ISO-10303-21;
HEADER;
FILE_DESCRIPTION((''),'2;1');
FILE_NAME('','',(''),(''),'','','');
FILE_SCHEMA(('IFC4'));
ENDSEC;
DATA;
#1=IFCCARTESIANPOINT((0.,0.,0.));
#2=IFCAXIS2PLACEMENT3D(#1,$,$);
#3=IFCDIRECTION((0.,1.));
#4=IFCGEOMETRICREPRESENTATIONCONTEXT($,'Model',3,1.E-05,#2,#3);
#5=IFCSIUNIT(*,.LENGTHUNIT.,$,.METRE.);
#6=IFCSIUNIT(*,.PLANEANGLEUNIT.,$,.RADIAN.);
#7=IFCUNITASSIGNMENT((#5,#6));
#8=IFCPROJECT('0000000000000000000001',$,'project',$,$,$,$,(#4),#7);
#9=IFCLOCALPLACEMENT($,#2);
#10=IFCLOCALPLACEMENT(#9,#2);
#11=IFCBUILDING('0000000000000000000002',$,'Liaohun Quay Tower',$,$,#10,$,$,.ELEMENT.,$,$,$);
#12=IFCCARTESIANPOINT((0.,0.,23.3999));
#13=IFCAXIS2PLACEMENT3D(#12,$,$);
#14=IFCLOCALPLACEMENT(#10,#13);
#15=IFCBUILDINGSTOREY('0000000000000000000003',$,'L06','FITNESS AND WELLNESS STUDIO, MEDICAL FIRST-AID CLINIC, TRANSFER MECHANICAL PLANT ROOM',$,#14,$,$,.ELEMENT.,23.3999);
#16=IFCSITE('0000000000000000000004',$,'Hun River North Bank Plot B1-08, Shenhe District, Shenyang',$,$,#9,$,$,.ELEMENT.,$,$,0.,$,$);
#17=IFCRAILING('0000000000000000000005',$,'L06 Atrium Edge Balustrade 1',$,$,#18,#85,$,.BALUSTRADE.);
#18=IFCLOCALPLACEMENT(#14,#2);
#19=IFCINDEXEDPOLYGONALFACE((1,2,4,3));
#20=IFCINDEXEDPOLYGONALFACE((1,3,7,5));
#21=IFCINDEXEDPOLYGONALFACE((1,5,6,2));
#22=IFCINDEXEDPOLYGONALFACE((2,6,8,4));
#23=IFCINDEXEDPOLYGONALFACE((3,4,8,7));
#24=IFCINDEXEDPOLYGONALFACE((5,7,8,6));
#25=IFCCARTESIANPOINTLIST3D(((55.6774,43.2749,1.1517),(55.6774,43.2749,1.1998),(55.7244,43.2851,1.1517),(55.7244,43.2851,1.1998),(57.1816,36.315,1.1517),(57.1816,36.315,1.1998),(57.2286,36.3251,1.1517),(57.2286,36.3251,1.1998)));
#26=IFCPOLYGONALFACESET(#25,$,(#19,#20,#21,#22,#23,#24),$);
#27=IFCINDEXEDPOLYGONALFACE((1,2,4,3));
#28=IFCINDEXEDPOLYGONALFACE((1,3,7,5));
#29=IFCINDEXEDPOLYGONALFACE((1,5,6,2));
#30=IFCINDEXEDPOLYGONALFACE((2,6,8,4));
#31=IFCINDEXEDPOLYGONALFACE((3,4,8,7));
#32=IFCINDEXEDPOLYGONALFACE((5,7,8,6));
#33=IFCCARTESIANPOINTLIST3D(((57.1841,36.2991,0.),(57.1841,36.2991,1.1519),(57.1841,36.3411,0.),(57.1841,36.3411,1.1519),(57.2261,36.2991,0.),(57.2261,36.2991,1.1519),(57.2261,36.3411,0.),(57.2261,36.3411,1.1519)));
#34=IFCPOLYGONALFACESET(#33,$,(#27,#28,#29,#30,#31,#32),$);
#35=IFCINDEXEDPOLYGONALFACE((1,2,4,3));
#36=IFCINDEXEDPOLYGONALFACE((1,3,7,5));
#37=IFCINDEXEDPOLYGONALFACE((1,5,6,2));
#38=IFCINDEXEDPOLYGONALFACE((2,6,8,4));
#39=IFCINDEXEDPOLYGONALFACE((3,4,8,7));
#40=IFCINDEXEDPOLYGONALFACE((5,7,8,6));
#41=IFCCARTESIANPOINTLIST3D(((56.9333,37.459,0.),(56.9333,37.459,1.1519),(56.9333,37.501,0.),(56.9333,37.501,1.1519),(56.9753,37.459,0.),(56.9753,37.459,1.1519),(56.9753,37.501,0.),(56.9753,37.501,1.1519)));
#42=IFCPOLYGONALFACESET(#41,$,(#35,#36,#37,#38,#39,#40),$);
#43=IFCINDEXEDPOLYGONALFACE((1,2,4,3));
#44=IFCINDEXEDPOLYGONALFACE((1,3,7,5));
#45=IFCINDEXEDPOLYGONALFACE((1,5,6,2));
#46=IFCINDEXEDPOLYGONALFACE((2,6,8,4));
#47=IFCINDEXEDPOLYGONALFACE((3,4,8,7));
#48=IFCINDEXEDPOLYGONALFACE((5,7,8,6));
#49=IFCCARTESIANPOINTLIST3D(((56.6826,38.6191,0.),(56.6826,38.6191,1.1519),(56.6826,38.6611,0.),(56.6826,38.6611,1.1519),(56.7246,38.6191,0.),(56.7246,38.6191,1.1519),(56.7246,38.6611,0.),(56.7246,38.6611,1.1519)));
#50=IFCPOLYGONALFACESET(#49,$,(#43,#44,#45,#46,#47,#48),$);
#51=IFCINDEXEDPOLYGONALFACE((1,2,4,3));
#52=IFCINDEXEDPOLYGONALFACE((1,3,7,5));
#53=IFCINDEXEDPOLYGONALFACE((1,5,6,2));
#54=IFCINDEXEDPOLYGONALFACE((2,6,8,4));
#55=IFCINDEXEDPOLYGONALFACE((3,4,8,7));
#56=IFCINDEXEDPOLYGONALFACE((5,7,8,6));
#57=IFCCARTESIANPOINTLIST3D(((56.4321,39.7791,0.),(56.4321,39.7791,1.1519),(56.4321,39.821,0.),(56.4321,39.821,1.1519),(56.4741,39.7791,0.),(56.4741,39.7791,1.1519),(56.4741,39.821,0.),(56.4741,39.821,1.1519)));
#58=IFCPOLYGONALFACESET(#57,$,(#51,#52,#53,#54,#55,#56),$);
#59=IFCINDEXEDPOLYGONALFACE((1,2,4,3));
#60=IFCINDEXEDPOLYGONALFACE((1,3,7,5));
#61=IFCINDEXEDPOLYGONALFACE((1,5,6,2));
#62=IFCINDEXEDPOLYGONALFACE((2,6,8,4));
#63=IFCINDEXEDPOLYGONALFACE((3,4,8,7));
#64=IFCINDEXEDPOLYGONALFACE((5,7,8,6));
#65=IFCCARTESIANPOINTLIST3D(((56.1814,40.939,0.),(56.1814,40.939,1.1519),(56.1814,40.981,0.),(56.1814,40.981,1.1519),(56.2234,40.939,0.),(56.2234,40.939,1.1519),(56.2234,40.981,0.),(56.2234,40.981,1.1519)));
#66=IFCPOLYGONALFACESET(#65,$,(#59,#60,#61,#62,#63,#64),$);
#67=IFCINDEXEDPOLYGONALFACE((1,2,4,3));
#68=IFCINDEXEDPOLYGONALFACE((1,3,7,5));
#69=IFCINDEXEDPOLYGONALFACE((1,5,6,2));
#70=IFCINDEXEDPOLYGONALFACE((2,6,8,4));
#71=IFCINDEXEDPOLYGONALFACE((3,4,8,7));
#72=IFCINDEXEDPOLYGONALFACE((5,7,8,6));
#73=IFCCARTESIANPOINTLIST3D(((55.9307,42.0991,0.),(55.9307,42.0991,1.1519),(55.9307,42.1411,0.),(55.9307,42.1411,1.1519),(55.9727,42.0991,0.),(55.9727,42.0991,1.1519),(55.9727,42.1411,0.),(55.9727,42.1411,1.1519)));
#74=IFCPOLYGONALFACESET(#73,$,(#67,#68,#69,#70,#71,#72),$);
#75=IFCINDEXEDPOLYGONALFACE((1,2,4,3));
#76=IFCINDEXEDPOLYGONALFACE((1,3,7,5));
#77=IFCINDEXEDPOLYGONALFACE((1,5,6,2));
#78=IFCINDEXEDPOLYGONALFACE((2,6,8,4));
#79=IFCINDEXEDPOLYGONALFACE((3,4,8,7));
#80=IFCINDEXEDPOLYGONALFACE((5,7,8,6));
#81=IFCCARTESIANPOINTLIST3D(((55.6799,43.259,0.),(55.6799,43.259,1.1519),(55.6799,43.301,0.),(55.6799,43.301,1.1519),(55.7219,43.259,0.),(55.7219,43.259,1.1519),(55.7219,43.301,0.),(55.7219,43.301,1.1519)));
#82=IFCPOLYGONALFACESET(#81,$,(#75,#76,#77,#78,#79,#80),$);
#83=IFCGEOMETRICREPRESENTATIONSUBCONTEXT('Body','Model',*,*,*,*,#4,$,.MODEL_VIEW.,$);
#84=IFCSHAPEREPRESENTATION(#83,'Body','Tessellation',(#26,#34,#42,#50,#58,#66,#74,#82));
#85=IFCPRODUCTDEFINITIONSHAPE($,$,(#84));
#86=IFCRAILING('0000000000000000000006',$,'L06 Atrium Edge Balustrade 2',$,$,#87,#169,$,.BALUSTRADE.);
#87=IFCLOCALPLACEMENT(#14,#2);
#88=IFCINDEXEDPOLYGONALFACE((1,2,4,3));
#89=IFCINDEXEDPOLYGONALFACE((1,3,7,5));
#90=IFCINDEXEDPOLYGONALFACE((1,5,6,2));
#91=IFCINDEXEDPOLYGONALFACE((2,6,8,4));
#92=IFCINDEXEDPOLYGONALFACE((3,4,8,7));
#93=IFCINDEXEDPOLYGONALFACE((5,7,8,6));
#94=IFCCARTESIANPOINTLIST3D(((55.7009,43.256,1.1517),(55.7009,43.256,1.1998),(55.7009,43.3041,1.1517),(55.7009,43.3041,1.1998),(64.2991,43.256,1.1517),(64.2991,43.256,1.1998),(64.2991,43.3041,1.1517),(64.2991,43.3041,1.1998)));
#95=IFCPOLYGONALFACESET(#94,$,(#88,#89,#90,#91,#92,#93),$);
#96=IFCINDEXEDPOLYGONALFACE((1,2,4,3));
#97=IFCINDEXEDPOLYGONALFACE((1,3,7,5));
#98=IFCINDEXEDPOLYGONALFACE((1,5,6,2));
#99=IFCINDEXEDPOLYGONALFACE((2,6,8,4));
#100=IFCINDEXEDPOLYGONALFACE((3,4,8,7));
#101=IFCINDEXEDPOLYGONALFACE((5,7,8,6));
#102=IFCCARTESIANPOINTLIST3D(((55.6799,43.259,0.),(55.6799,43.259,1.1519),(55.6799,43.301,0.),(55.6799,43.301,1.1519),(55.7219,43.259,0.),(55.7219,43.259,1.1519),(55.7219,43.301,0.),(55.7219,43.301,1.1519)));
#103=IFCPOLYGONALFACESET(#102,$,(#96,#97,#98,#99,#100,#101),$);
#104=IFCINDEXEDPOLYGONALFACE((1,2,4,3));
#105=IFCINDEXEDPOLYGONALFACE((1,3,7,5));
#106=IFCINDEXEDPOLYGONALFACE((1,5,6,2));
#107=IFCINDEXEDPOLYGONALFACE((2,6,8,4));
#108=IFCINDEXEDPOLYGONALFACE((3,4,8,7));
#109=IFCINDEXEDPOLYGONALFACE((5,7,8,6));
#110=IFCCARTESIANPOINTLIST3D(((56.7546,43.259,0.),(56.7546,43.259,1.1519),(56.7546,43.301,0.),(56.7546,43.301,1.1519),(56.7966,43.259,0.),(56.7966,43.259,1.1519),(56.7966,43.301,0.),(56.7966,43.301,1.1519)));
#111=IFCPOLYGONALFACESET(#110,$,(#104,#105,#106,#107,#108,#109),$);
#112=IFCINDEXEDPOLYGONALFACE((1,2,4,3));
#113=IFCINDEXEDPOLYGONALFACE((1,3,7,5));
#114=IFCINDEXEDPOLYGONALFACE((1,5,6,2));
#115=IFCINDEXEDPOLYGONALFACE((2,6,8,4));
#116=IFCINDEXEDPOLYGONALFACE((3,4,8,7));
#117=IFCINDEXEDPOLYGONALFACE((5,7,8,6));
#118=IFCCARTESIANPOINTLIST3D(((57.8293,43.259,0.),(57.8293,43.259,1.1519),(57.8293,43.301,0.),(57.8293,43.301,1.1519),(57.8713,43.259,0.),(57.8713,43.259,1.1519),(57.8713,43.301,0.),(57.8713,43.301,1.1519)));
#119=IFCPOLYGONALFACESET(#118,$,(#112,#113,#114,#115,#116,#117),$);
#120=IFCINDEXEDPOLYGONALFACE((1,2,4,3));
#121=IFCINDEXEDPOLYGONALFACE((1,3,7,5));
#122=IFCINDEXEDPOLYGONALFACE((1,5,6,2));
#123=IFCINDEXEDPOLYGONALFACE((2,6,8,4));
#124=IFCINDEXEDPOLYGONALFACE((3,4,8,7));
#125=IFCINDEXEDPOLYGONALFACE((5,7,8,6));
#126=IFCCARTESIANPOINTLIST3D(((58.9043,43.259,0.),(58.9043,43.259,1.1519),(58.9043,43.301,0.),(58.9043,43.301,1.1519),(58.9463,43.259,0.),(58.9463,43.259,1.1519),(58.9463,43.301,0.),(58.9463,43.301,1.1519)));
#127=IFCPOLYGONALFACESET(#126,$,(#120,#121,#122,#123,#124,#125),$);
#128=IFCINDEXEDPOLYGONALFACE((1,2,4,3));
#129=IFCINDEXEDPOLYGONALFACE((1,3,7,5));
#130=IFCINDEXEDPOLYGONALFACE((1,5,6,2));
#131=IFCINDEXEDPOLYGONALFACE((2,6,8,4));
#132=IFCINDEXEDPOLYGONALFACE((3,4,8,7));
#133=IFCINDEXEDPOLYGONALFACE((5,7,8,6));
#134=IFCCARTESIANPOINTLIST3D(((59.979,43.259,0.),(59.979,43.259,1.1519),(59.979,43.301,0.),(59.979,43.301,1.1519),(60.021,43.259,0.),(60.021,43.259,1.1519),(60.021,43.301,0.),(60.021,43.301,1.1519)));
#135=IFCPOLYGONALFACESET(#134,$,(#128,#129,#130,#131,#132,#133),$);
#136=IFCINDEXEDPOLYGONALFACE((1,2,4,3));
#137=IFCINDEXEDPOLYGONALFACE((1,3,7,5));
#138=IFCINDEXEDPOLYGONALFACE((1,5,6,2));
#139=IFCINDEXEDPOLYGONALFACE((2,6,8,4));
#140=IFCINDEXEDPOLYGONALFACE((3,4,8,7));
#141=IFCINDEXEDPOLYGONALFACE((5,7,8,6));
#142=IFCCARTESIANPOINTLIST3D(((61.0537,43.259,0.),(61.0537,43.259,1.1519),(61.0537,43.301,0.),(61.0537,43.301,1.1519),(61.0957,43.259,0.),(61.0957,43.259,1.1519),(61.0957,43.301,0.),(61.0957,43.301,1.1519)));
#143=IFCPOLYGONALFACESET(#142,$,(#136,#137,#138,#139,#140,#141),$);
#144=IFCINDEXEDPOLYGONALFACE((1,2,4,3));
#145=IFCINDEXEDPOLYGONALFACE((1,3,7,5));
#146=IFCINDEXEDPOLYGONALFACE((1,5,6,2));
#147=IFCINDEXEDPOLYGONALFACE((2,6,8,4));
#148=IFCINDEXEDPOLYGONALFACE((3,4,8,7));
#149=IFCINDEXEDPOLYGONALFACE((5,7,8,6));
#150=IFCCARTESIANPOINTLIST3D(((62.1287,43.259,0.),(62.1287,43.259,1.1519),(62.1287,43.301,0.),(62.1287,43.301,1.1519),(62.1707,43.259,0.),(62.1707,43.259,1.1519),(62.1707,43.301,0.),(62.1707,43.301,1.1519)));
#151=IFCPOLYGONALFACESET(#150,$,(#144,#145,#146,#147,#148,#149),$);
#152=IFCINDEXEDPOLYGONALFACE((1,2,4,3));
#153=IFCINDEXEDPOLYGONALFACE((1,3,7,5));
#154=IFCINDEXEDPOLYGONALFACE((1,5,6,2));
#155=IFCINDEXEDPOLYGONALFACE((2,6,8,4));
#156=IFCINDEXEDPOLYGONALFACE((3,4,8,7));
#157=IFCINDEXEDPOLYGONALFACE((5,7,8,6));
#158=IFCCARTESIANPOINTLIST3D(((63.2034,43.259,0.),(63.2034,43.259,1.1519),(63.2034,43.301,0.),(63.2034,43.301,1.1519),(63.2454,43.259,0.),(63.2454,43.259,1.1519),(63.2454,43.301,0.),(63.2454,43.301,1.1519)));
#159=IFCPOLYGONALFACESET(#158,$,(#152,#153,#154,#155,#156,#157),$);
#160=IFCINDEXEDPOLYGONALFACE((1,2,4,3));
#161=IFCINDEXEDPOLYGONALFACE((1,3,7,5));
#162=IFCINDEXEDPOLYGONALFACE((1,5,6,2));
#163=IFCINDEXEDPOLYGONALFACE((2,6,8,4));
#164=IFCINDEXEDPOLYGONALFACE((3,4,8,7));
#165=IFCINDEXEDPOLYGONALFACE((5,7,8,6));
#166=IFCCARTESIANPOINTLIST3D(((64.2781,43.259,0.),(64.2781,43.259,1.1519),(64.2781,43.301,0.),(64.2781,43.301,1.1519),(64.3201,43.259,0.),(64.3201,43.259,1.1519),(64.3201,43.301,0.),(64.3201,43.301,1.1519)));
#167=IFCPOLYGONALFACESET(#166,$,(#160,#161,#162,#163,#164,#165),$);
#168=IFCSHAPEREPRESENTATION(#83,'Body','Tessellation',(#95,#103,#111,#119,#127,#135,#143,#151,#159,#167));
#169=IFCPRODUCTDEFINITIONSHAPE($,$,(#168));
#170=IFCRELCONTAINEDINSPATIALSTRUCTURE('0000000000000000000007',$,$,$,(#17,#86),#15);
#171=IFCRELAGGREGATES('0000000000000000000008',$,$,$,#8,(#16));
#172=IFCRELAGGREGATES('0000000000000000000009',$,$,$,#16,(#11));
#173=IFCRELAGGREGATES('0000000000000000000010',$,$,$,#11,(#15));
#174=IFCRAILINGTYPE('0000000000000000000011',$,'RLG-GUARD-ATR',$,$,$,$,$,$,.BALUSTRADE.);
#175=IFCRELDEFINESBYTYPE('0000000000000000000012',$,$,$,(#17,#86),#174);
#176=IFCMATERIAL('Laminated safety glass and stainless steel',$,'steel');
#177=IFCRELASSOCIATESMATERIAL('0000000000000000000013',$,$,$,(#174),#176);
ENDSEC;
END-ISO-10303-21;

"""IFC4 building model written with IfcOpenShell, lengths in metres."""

from ifc_helpers import new_model, si_unit, direction, frame, origin, origin_2d, place, context, subcontext, project, spatial, rectangle, extrude, material, type_object, element, save


model = new_model("IFC4")

# Units and contexts
model_context = context("Model", 3, precision=1e-05, world=origin(), true_north=direction((0.0, 1.0)))
body_context = subcontext(model_context, "Body", "Model", "MODEL_VIEW")
ifc_project = project(units=[si_unit("LENGTHUNIT", "METRE"), si_unit("PLANEANGLEUNIT", "RADIAN")], contexts=[model_context])

# Site, building, storey
site_placement = place(None, origin())
site = spatial("IfcSite", under=ifc_project, at=site_placement, Name="Hun River North Bank Plot B1-08, Shenhe District, Shenyang", CompositionType="ELEMENT", RefElevation=0.0)
building_placement = place(site_placement, origin())
building = spatial("IfcBuilding", under=site, at=building_placement, Name="Liaohun Quay Tower", CompositionType="ELEMENT")
storey_placement = place(building_placement, frame((0.0, 0.0, 23.3999)))
storey = spatial("IfcBuildingStorey", under=building, at=storey_placement, Name="L06", Description="FITNESS AND WELLNESS STUDIO, MEDICAL FIRST-AID CLINIC, TRANSFER MECHANICAL PLANT ROOM", CompositionType="ELEMENT", Elevation=23.3999)

# Railings
ifc_material_1 = material(Name="Laminated safety glass and stainless steel", Category="steel")
railing_type = type_object("IfcRailingType", Name="RLG-GUARD-ATR", PredefinedType="BALUSTRADE", material=ifc_material_1)
railing_1_placement = place(storey_placement, frame((57.2051, 36.3201, 0.0)))
element("IfcRailing", 1, at=railing_1_placement, inside=storey, type_object=railing_type, Name="L06 Atrium Edge Balustrade 1", PredefinedType="BALUSTRADE", context=body_context, shape_type="SweptSolid", body=[
    extrude(rectangle(XDim=0.0481, YDim=0.0481, at=origin_2d()), frame((0.0, 0.0, 1.1758), z_axis=(-0.211238, 0.977435, 0.0), x_axis=(-0.977435, -0.211238, 0.0)), (0.0, 0.0, 1.0), 7.1206),
    extrude(rectangle(XDim=0.042, YDim=0.042, at=origin_2d()), origin(), (0.0, 0.0, 1.0), 1.1519),
    extrude(rectangle(XDim=0.042, YDim=0.042, at=origin_2d()), frame((-0.2507, 1.1599, 0.0)), (0.0, 0.0, 1.0), 1.1519),
    extrude(rectangle(XDim=0.042, YDim=0.042, at=origin_2d()), frame((-0.5015, 2.3201, 0.0)), (0.0, 0.0, 1.0), 1.1519),
    extrude(rectangle(XDim=0.042, YDim=0.042, at=origin_2d()), frame((-0.752, 3.48, 0.0)), (0.0, 0.0, 1.0), 1.1519),
    extrude(rectangle(XDim=0.042, YDim=0.042, at=origin_2d()), frame((-1.0027, 4.6399, 0.0)), (0.0, 0.0, 1.0), 1.1519),
    extrude(rectangle(XDim=0.042, YDim=0.042, at=origin_2d()), frame((-1.2534, 5.8, 0.0)), (0.0, 0.0, 1.0), 1.1519),
    extrude(rectangle(XDim=0.042, YDim=0.042, at=origin_2d()), frame((-1.5042, 6.96, 0.0)), (0.0, 0.0, 1.0), 1.1519),
])
railing_2_placement = place(storey_placement, frame((55.7009, 43.28, 0.0)))
element("IfcRailing", 2, at=railing_2_placement, inside=storey, type_object=railing_type, Name="L06 Atrium Edge Balustrade 2", PredefinedType="BALUSTRADE", context=body_context, shape_type="SweptSolid", body=[
    extrude(rectangle(XDim=0.0481, YDim=0.0481, at=origin_2d()), frame((0.0, 0.0, 1.1758), z_axis=(1.0, 0.0, 0.0), x_axis=(0.0, 1.0, 0.0)), (0.0, 0.0, 1.0), 8.5981),
    extrude(rectangle(XDim=0.042, YDim=0.042, at=origin_2d()), origin(), (0.0, 0.0, 1.0), 1.1519),
    extrude(rectangle(XDim=0.042, YDim=0.042, at=origin_2d()), frame((1.0747, 0.0, 0.0)), (0.0, 0.0, 1.0), 1.1519),
    extrude(rectangle(XDim=0.042, YDim=0.042, at=origin_2d()), frame((2.1494, 0.0, 0.0)), (0.0, 0.0, 1.0), 1.1519),
    extrude(rectangle(XDim=0.042, YDim=0.042, at=origin_2d()), frame((3.2244, 0.0, 0.0)), (0.0, 0.0, 1.0), 1.1519),
    extrude(rectangle(XDim=0.042, YDim=0.042, at=origin_2d()), frame((4.2991, 0.0, 0.0)), (0.0, 0.0, 1.0), 1.1519),
    extrude(rectangle(XDim=0.042, YDim=0.042, at=origin_2d()), frame((5.3738, 0.0, 0.0)), (0.0, 0.0, 1.0), 1.1519),
    extrude(rectangle(XDim=0.042, YDim=0.042, at=origin_2d()), frame((6.4487, 0.0, 0.0)), (0.0, 0.0, 1.0), 1.1519),
    extrude(rectangle(XDim=0.042, YDim=0.042, at=origin_2d()), frame((7.5234, 0.0, 0.0)), (0.0, 0.0, 1.0), 1.1519),
    extrude(rectangle(XDim=0.042, YDim=0.042, at=origin_2d()), frame((8.5981, 0.0, 0.0)), (0.0, 0.0, 1.0), 1.1519),
])

save(model, "model.ifc")
